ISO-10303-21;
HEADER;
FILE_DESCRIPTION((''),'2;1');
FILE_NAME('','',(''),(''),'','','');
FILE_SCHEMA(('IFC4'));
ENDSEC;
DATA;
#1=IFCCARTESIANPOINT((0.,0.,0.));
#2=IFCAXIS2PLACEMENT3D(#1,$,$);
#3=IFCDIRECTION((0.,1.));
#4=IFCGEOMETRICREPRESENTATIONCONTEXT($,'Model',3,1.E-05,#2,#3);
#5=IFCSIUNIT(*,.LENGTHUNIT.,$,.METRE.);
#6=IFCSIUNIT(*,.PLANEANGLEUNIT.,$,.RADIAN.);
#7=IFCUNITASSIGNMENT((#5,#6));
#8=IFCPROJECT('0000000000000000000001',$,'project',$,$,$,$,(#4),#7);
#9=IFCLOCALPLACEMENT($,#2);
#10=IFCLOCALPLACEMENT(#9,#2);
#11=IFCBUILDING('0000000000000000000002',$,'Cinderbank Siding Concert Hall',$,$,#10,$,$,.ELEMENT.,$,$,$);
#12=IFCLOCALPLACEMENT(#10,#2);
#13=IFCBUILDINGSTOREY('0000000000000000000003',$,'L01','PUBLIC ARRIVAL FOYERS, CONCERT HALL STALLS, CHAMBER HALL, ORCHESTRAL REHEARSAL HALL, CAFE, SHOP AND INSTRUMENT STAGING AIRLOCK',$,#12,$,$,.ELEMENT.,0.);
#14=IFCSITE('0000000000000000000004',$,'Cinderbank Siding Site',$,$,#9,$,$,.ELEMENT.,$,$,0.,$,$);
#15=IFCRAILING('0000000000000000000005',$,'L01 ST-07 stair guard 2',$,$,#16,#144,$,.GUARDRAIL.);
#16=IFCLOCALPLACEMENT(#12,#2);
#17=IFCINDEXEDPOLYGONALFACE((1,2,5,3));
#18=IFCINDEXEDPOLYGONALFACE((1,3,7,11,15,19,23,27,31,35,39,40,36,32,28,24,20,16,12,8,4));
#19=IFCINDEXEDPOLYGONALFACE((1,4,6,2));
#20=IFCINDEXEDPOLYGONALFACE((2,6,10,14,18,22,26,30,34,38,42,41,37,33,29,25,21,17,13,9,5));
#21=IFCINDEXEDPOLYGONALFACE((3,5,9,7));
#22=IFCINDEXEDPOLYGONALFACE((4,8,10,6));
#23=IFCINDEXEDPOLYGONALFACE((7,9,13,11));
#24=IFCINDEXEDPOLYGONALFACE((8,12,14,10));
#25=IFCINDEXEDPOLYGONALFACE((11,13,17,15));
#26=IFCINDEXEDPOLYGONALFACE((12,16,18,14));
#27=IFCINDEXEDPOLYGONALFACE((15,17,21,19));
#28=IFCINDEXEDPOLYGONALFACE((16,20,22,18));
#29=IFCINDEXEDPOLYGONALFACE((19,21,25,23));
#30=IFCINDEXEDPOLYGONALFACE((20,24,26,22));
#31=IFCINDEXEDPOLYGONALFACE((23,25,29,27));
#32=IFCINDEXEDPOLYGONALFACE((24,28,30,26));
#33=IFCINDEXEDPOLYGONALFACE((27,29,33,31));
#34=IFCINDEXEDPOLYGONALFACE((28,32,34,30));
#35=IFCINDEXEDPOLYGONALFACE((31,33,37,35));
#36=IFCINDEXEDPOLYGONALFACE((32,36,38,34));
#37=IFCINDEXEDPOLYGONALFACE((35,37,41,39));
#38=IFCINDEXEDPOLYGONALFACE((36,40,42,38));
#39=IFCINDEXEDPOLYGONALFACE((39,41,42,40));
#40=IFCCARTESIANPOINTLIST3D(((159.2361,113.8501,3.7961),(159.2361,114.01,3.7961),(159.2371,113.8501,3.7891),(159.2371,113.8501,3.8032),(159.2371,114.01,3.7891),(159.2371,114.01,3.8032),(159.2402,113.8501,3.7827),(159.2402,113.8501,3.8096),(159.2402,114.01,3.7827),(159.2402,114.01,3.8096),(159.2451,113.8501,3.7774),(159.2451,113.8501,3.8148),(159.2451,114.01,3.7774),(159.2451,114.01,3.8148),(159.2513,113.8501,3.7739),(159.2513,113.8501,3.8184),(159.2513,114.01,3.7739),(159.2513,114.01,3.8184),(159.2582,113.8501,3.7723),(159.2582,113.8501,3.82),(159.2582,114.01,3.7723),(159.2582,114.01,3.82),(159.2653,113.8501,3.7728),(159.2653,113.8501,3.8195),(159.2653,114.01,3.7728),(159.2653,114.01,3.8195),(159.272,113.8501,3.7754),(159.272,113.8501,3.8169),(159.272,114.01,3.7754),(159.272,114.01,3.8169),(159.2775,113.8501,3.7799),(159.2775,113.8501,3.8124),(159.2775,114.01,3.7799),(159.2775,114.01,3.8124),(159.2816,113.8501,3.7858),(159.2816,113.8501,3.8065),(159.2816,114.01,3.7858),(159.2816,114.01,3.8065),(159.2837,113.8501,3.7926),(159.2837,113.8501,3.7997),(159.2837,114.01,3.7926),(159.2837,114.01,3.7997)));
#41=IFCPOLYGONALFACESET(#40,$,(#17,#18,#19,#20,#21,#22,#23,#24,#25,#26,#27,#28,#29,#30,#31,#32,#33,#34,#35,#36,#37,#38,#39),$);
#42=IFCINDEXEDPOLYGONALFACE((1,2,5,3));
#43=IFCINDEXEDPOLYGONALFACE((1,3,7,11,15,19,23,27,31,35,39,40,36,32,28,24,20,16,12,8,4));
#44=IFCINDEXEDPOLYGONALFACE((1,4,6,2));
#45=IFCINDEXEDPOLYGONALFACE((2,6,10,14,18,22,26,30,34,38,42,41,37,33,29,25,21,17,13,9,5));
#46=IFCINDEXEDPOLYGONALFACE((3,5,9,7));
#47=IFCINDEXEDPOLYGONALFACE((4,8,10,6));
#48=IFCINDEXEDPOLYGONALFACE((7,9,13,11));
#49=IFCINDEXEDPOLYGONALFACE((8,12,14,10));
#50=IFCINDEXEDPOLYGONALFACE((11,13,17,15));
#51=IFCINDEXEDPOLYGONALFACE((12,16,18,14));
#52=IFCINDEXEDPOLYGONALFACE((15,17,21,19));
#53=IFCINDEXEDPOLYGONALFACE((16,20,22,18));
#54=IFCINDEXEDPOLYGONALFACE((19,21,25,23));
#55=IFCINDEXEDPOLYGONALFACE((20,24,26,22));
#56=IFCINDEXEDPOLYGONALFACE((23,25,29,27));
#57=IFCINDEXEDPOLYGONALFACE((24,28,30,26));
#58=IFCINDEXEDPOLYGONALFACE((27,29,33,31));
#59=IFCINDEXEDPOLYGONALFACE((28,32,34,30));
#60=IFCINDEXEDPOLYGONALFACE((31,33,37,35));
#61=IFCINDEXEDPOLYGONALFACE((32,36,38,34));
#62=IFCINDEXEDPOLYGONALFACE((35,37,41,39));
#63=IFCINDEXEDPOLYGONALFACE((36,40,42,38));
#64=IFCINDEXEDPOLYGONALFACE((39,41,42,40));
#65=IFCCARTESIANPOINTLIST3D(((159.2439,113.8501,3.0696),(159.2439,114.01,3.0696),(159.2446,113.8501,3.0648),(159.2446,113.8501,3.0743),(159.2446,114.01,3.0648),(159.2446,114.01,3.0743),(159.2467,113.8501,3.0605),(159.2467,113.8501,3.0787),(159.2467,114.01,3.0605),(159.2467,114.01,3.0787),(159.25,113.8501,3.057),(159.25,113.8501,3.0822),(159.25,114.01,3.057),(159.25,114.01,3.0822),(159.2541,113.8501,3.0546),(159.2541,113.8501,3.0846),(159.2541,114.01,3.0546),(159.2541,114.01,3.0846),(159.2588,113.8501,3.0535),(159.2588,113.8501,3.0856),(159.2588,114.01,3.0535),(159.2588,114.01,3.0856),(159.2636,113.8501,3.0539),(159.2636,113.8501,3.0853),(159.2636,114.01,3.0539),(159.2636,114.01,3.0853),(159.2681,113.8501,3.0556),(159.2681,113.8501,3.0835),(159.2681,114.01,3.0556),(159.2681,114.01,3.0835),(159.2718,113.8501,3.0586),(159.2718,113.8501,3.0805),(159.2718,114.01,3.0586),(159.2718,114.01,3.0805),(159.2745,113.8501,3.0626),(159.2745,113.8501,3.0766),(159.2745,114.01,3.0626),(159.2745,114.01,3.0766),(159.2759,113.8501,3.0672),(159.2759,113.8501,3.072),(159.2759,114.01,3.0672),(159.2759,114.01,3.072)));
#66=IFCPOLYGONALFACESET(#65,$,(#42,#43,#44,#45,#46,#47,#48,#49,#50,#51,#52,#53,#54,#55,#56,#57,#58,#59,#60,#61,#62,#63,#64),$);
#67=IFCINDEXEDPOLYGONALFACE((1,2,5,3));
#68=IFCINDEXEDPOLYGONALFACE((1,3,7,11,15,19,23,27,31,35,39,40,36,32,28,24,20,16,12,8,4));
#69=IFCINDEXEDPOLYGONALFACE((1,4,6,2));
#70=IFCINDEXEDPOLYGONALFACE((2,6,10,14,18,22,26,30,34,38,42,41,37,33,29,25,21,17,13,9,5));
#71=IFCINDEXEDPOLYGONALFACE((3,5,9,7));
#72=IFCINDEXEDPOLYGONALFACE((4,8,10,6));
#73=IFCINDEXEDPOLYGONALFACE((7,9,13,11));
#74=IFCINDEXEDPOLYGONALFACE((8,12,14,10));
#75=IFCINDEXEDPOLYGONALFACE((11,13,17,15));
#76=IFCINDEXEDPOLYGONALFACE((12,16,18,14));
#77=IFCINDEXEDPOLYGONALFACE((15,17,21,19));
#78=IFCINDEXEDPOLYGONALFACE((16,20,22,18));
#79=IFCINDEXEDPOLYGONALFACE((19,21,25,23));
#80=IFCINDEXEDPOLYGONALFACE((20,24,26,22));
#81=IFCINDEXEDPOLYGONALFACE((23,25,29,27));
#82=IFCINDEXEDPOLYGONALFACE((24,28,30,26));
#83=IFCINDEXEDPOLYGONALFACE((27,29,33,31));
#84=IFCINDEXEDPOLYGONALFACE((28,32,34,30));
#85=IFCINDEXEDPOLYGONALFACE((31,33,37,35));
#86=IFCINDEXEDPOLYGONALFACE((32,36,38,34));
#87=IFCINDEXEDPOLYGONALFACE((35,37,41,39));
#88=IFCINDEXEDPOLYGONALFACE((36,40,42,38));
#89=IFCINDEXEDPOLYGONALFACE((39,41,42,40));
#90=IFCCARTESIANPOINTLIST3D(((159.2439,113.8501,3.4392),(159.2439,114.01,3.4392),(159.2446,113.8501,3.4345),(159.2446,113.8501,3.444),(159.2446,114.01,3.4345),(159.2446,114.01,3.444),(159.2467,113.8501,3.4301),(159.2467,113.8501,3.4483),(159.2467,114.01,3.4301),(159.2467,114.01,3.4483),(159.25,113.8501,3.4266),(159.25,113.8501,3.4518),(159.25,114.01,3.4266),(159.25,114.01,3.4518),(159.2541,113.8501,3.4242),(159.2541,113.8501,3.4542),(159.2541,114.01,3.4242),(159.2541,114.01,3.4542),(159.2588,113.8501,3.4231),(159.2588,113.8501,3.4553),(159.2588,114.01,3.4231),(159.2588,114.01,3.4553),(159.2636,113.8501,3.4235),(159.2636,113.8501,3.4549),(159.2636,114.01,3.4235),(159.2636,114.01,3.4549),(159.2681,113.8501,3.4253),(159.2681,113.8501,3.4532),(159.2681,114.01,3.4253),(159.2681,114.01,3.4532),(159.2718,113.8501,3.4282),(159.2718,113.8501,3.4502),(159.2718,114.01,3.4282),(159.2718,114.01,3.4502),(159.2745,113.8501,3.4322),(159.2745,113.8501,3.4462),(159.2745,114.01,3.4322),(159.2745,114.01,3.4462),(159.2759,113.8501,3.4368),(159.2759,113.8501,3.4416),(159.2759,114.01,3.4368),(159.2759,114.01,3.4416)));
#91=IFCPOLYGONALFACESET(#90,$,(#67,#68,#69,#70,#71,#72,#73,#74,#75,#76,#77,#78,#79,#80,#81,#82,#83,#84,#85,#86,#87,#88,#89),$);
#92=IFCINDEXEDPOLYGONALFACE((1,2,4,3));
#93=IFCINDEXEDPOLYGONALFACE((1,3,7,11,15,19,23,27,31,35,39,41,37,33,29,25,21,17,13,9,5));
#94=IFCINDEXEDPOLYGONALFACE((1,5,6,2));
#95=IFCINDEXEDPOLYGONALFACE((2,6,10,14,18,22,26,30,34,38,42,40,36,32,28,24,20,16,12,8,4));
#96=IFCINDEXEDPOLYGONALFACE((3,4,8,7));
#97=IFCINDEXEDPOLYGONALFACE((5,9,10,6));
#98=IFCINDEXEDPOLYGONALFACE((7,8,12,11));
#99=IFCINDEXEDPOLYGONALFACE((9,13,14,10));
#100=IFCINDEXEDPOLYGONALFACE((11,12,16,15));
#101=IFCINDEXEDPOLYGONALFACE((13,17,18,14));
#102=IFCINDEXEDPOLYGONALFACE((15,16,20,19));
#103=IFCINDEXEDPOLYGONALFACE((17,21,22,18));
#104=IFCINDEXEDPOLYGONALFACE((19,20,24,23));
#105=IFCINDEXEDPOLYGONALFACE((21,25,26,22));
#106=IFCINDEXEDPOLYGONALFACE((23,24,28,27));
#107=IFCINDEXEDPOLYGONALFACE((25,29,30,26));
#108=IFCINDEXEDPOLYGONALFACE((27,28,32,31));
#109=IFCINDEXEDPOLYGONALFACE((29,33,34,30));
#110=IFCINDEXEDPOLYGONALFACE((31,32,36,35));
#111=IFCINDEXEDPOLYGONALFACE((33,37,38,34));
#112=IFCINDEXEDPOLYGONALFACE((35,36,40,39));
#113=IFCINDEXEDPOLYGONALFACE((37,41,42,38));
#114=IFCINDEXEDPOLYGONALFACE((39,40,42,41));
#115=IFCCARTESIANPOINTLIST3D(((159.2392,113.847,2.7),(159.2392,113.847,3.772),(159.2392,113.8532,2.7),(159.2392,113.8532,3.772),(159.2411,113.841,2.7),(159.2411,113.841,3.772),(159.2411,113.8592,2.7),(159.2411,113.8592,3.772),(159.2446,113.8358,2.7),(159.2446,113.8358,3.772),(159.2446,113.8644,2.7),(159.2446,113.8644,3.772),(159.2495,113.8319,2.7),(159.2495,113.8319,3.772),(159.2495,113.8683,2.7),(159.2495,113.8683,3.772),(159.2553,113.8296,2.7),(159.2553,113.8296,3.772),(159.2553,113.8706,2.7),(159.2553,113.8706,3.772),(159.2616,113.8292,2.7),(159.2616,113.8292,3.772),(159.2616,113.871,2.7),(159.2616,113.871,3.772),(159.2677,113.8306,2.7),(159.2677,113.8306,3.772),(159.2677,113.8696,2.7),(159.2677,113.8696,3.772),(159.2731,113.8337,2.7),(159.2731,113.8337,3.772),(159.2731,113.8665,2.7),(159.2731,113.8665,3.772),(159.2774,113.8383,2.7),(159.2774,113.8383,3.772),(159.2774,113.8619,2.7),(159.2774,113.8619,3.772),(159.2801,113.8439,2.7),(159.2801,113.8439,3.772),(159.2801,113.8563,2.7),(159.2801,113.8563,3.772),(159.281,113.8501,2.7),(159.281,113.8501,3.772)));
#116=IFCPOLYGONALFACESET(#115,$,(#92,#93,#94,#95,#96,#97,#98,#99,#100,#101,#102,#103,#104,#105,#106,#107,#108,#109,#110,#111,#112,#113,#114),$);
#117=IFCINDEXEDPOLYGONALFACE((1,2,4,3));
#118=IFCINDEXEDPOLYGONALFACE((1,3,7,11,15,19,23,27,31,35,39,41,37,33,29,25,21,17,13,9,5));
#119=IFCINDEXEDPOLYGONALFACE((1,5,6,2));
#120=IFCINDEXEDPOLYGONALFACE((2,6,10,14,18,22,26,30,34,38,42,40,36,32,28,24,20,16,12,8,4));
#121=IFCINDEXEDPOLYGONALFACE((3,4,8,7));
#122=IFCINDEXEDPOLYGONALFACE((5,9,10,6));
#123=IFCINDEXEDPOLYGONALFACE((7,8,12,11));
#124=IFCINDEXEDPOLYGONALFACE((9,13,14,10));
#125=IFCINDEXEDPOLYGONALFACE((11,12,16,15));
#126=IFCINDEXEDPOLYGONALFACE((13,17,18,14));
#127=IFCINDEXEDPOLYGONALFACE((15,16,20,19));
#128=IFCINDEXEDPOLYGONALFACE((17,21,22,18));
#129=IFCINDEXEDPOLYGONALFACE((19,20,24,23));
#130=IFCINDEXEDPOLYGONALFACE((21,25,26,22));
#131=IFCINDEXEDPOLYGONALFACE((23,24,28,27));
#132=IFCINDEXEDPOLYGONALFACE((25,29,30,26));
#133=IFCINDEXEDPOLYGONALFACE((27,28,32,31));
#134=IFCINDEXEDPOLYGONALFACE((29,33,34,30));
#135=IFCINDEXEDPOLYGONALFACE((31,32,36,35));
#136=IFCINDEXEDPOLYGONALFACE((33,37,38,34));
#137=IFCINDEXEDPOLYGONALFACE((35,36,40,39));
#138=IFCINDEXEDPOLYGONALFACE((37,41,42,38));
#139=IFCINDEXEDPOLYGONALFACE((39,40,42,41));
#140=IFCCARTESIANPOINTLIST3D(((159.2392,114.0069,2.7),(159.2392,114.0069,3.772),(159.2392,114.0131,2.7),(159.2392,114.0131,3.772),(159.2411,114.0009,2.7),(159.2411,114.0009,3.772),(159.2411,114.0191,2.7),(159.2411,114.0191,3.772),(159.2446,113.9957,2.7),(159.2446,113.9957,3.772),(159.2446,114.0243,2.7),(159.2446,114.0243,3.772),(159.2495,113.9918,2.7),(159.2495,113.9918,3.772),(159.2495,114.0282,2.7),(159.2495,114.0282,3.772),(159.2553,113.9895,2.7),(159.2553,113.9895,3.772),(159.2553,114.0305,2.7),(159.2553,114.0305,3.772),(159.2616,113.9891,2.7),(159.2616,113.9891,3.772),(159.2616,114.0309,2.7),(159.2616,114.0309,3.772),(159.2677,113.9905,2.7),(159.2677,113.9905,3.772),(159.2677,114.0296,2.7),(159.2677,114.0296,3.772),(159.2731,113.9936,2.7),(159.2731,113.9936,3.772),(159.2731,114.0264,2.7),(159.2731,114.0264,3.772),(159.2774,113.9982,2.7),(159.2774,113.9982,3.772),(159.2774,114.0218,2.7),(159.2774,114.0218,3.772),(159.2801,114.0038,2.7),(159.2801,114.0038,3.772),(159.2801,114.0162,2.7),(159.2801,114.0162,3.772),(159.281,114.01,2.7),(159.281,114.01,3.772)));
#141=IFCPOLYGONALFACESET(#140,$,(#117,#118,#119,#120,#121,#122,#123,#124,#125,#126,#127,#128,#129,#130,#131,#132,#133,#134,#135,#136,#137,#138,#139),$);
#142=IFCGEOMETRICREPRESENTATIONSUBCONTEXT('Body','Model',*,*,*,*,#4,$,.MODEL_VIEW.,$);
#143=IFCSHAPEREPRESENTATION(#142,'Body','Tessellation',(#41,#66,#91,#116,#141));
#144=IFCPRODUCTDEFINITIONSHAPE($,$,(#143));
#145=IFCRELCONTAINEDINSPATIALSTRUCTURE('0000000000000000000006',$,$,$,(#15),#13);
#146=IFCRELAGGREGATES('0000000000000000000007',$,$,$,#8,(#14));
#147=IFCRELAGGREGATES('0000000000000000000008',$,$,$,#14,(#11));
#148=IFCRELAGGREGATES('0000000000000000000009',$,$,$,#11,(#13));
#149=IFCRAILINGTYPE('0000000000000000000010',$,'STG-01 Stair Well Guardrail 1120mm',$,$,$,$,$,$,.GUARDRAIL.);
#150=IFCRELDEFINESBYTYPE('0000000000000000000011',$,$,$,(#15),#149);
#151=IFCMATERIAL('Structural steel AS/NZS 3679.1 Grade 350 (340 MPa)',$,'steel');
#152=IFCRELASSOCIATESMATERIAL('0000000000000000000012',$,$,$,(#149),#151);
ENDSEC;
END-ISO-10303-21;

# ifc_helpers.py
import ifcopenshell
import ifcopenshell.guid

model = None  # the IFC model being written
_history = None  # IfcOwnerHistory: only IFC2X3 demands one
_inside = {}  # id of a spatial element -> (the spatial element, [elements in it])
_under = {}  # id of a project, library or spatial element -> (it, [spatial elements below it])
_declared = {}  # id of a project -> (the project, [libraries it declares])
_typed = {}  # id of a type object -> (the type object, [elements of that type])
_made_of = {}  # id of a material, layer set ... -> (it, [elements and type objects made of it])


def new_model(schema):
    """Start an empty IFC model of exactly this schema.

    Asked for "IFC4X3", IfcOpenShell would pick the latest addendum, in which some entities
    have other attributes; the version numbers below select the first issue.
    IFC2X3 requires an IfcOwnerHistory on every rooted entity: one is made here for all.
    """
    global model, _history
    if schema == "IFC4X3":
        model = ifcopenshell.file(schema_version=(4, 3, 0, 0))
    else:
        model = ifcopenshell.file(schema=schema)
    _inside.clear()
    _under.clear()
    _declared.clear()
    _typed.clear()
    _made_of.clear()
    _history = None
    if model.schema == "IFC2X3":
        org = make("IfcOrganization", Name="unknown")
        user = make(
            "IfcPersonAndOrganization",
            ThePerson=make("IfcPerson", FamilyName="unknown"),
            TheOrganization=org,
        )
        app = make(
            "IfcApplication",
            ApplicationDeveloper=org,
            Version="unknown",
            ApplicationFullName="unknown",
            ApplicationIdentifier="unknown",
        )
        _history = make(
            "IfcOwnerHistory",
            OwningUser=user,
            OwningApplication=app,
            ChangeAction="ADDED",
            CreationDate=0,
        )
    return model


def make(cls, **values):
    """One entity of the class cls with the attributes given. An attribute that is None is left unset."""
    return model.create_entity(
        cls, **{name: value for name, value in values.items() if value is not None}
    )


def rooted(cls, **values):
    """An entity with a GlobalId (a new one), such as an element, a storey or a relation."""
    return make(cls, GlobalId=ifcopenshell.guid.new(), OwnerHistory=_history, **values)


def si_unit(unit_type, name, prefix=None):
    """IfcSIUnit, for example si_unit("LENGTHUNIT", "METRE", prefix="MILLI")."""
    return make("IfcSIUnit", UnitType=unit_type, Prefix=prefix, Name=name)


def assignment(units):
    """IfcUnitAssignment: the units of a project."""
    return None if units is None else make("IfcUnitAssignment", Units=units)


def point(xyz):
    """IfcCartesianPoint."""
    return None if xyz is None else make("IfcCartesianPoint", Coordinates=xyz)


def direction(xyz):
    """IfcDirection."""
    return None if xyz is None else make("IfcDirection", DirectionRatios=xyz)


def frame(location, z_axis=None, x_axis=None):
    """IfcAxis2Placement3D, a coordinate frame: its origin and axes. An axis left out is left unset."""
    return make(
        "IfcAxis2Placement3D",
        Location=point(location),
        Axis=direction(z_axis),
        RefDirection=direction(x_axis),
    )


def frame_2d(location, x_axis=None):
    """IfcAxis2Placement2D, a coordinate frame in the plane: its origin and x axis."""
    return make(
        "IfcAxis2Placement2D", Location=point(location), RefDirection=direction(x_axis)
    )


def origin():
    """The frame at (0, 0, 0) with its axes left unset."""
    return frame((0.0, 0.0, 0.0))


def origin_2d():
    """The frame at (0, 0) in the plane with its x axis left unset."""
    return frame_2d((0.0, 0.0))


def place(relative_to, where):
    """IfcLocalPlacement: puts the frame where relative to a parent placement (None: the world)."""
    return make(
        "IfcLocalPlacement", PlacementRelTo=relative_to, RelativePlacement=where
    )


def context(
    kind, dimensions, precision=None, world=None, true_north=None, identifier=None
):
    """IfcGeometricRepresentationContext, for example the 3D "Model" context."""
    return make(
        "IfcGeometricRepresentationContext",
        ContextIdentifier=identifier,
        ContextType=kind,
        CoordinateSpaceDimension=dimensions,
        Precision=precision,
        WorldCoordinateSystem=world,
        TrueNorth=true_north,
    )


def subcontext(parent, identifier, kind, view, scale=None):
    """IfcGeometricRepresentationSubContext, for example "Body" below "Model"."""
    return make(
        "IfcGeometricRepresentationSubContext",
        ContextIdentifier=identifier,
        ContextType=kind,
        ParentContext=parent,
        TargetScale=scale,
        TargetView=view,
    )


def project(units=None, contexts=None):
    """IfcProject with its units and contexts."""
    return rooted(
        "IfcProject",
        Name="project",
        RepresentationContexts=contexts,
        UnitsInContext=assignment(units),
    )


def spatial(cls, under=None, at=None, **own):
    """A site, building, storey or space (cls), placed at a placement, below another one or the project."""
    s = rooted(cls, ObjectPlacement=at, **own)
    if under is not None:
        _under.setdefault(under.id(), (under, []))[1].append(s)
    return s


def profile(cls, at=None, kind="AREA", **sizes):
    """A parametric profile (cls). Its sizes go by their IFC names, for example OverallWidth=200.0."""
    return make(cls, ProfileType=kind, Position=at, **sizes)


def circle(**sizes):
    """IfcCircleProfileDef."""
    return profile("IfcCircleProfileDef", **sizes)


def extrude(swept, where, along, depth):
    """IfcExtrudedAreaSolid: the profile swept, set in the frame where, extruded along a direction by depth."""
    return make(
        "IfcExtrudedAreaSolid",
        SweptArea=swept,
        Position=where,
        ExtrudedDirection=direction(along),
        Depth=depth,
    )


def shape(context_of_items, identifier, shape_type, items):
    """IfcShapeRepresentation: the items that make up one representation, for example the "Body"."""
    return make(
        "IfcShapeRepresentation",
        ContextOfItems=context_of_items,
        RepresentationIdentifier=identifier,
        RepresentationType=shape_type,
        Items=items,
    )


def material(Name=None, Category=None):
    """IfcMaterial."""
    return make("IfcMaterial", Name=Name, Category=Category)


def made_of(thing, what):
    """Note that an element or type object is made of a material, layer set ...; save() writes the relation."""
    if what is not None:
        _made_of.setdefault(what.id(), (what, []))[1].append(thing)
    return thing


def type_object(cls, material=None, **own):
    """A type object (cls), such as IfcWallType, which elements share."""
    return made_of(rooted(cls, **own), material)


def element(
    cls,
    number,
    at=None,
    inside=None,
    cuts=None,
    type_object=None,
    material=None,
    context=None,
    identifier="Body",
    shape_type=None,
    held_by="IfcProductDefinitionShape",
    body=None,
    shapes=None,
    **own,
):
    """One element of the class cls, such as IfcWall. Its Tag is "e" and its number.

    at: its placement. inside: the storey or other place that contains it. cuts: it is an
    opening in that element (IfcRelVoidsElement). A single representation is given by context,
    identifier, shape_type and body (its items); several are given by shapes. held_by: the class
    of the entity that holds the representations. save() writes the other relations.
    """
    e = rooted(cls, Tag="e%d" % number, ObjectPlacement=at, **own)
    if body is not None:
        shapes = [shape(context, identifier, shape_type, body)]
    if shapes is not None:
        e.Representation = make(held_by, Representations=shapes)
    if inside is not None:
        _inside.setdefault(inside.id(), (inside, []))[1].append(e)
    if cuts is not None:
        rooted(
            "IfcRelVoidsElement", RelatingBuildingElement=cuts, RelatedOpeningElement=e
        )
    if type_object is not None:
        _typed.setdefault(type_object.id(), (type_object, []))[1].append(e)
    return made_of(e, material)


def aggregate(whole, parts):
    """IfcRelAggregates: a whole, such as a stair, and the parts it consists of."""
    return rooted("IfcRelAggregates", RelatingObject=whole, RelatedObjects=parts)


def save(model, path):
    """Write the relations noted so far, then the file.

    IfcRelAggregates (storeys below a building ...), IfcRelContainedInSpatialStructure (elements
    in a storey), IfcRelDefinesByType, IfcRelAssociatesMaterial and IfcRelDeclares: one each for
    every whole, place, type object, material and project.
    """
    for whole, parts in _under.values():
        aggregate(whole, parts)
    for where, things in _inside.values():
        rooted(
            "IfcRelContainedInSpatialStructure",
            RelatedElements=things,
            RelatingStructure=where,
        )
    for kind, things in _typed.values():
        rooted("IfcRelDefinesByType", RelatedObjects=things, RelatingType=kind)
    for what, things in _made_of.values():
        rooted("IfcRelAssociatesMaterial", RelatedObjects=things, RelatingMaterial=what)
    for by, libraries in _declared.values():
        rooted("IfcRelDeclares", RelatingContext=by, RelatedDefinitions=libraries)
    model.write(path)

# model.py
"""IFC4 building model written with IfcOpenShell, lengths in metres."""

from ifc_helpers import new_model, si_unit, direction, frame, origin, origin_2d, place, context, subcontext, project, spatial, circle, extrude, material, type_object, element, save


model = new_model("IFC4")

# Units and contexts
model_context = context("Model", 3, precision=1e-05, world=origin(), true_north=direction((0.0, 1.0)))
body_context = subcontext(model_context, "Body", "Model", "MODEL_VIEW")
ifc_project = project(units=[si_unit("LENGTHUNIT", "METRE"), si_unit("PLANEANGLEUNIT", "RADIAN")], contexts=[model_context])

# Site, building, storey
site_placement = place(None, origin())
site = spatial("IfcSite", under=ifc_project, at=site_placement, Name="Cinderbank Siding Site", CompositionType="ELEMENT", RefElevation=0.0)
building_placement = place(site_placement, origin())
building = spatial("IfcBuilding", under=site, at=building_placement, Name="Cinderbank Siding Concert Hall", CompositionType="ELEMENT")
storey_placement = place(building_placement, origin())
storey = spatial("IfcBuildingStorey", under=building, at=storey_placement, Name="L01", Description="PUBLIC ARRIVAL FOYERS, CONCERT HALL STALLS, CHAMBER HALL, ORCHESTRAL REHEARSAL HALL, CAFE, SHOP AND INSTRUMENT STAGING AIRLOCK", CompositionType="ELEMENT", Elevation=0.0)

# Shared definitions
ifc_material_1 = material(Name="Structural steel AS/NZS 3679.1 Grade 350 (340 MPa)", Category="steel")

# Railing
railing_type_1 = type_object("IfcRailingType", Name="STG-01 Stair Well Guardrail 1120mm", PredefinedType="GUARDRAIL", material=ifc_material_1)
railing_1_placement = place(storey_placement, frame((159.26, 113.8501, 2.7)))
element("IfcRailing", 1, at=railing_1_placement, inside=storey, type_object=railing_type_1, Name="L01 ST-07 stair guard 2", PredefinedType="GUARDRAIL", context=body_context, shape_type="SweptSolid", body=[
    extrude(circle(Radius=0.0239, at=origin_2d()), frame((0.0, 0.0, 1.0962), z_axis=(0.0, 1.0, 0.0), x_axis=(-1.0, 0.0, 0.0)), (0.0, 0.0, 1.0), 0.1599),
    extrude(circle(Radius=0.0161, at=origin_2d()), frame((0.0, 0.0, 0.3696), z_axis=(0.0, 1.0, 0.0), x_axis=(-1.0, 0.0, 0.0)), (0.0, 0.0, 1.0), 0.1599),
    extrude(circle(Radius=0.0161, at=origin_2d()), frame((0.0, 0.0, 0.7393), z_axis=(0.0, 1.0, 0.0), x_axis=(-1.0, 0.0, 0.0)), (0.0, 0.0, 1.0), 0.1599),
    extrude(circle(Radius=0.021, at=origin_2d()), origin(), (0.0, 0.0, 1.0), 1.072),
    extrude(circle(Radius=0.021, at=origin_2d()), frame((0.0, 0.1599, 0.0)), (0.0, 0.0, 1.0), 1.072),
])

save(model, "model.ifc")
